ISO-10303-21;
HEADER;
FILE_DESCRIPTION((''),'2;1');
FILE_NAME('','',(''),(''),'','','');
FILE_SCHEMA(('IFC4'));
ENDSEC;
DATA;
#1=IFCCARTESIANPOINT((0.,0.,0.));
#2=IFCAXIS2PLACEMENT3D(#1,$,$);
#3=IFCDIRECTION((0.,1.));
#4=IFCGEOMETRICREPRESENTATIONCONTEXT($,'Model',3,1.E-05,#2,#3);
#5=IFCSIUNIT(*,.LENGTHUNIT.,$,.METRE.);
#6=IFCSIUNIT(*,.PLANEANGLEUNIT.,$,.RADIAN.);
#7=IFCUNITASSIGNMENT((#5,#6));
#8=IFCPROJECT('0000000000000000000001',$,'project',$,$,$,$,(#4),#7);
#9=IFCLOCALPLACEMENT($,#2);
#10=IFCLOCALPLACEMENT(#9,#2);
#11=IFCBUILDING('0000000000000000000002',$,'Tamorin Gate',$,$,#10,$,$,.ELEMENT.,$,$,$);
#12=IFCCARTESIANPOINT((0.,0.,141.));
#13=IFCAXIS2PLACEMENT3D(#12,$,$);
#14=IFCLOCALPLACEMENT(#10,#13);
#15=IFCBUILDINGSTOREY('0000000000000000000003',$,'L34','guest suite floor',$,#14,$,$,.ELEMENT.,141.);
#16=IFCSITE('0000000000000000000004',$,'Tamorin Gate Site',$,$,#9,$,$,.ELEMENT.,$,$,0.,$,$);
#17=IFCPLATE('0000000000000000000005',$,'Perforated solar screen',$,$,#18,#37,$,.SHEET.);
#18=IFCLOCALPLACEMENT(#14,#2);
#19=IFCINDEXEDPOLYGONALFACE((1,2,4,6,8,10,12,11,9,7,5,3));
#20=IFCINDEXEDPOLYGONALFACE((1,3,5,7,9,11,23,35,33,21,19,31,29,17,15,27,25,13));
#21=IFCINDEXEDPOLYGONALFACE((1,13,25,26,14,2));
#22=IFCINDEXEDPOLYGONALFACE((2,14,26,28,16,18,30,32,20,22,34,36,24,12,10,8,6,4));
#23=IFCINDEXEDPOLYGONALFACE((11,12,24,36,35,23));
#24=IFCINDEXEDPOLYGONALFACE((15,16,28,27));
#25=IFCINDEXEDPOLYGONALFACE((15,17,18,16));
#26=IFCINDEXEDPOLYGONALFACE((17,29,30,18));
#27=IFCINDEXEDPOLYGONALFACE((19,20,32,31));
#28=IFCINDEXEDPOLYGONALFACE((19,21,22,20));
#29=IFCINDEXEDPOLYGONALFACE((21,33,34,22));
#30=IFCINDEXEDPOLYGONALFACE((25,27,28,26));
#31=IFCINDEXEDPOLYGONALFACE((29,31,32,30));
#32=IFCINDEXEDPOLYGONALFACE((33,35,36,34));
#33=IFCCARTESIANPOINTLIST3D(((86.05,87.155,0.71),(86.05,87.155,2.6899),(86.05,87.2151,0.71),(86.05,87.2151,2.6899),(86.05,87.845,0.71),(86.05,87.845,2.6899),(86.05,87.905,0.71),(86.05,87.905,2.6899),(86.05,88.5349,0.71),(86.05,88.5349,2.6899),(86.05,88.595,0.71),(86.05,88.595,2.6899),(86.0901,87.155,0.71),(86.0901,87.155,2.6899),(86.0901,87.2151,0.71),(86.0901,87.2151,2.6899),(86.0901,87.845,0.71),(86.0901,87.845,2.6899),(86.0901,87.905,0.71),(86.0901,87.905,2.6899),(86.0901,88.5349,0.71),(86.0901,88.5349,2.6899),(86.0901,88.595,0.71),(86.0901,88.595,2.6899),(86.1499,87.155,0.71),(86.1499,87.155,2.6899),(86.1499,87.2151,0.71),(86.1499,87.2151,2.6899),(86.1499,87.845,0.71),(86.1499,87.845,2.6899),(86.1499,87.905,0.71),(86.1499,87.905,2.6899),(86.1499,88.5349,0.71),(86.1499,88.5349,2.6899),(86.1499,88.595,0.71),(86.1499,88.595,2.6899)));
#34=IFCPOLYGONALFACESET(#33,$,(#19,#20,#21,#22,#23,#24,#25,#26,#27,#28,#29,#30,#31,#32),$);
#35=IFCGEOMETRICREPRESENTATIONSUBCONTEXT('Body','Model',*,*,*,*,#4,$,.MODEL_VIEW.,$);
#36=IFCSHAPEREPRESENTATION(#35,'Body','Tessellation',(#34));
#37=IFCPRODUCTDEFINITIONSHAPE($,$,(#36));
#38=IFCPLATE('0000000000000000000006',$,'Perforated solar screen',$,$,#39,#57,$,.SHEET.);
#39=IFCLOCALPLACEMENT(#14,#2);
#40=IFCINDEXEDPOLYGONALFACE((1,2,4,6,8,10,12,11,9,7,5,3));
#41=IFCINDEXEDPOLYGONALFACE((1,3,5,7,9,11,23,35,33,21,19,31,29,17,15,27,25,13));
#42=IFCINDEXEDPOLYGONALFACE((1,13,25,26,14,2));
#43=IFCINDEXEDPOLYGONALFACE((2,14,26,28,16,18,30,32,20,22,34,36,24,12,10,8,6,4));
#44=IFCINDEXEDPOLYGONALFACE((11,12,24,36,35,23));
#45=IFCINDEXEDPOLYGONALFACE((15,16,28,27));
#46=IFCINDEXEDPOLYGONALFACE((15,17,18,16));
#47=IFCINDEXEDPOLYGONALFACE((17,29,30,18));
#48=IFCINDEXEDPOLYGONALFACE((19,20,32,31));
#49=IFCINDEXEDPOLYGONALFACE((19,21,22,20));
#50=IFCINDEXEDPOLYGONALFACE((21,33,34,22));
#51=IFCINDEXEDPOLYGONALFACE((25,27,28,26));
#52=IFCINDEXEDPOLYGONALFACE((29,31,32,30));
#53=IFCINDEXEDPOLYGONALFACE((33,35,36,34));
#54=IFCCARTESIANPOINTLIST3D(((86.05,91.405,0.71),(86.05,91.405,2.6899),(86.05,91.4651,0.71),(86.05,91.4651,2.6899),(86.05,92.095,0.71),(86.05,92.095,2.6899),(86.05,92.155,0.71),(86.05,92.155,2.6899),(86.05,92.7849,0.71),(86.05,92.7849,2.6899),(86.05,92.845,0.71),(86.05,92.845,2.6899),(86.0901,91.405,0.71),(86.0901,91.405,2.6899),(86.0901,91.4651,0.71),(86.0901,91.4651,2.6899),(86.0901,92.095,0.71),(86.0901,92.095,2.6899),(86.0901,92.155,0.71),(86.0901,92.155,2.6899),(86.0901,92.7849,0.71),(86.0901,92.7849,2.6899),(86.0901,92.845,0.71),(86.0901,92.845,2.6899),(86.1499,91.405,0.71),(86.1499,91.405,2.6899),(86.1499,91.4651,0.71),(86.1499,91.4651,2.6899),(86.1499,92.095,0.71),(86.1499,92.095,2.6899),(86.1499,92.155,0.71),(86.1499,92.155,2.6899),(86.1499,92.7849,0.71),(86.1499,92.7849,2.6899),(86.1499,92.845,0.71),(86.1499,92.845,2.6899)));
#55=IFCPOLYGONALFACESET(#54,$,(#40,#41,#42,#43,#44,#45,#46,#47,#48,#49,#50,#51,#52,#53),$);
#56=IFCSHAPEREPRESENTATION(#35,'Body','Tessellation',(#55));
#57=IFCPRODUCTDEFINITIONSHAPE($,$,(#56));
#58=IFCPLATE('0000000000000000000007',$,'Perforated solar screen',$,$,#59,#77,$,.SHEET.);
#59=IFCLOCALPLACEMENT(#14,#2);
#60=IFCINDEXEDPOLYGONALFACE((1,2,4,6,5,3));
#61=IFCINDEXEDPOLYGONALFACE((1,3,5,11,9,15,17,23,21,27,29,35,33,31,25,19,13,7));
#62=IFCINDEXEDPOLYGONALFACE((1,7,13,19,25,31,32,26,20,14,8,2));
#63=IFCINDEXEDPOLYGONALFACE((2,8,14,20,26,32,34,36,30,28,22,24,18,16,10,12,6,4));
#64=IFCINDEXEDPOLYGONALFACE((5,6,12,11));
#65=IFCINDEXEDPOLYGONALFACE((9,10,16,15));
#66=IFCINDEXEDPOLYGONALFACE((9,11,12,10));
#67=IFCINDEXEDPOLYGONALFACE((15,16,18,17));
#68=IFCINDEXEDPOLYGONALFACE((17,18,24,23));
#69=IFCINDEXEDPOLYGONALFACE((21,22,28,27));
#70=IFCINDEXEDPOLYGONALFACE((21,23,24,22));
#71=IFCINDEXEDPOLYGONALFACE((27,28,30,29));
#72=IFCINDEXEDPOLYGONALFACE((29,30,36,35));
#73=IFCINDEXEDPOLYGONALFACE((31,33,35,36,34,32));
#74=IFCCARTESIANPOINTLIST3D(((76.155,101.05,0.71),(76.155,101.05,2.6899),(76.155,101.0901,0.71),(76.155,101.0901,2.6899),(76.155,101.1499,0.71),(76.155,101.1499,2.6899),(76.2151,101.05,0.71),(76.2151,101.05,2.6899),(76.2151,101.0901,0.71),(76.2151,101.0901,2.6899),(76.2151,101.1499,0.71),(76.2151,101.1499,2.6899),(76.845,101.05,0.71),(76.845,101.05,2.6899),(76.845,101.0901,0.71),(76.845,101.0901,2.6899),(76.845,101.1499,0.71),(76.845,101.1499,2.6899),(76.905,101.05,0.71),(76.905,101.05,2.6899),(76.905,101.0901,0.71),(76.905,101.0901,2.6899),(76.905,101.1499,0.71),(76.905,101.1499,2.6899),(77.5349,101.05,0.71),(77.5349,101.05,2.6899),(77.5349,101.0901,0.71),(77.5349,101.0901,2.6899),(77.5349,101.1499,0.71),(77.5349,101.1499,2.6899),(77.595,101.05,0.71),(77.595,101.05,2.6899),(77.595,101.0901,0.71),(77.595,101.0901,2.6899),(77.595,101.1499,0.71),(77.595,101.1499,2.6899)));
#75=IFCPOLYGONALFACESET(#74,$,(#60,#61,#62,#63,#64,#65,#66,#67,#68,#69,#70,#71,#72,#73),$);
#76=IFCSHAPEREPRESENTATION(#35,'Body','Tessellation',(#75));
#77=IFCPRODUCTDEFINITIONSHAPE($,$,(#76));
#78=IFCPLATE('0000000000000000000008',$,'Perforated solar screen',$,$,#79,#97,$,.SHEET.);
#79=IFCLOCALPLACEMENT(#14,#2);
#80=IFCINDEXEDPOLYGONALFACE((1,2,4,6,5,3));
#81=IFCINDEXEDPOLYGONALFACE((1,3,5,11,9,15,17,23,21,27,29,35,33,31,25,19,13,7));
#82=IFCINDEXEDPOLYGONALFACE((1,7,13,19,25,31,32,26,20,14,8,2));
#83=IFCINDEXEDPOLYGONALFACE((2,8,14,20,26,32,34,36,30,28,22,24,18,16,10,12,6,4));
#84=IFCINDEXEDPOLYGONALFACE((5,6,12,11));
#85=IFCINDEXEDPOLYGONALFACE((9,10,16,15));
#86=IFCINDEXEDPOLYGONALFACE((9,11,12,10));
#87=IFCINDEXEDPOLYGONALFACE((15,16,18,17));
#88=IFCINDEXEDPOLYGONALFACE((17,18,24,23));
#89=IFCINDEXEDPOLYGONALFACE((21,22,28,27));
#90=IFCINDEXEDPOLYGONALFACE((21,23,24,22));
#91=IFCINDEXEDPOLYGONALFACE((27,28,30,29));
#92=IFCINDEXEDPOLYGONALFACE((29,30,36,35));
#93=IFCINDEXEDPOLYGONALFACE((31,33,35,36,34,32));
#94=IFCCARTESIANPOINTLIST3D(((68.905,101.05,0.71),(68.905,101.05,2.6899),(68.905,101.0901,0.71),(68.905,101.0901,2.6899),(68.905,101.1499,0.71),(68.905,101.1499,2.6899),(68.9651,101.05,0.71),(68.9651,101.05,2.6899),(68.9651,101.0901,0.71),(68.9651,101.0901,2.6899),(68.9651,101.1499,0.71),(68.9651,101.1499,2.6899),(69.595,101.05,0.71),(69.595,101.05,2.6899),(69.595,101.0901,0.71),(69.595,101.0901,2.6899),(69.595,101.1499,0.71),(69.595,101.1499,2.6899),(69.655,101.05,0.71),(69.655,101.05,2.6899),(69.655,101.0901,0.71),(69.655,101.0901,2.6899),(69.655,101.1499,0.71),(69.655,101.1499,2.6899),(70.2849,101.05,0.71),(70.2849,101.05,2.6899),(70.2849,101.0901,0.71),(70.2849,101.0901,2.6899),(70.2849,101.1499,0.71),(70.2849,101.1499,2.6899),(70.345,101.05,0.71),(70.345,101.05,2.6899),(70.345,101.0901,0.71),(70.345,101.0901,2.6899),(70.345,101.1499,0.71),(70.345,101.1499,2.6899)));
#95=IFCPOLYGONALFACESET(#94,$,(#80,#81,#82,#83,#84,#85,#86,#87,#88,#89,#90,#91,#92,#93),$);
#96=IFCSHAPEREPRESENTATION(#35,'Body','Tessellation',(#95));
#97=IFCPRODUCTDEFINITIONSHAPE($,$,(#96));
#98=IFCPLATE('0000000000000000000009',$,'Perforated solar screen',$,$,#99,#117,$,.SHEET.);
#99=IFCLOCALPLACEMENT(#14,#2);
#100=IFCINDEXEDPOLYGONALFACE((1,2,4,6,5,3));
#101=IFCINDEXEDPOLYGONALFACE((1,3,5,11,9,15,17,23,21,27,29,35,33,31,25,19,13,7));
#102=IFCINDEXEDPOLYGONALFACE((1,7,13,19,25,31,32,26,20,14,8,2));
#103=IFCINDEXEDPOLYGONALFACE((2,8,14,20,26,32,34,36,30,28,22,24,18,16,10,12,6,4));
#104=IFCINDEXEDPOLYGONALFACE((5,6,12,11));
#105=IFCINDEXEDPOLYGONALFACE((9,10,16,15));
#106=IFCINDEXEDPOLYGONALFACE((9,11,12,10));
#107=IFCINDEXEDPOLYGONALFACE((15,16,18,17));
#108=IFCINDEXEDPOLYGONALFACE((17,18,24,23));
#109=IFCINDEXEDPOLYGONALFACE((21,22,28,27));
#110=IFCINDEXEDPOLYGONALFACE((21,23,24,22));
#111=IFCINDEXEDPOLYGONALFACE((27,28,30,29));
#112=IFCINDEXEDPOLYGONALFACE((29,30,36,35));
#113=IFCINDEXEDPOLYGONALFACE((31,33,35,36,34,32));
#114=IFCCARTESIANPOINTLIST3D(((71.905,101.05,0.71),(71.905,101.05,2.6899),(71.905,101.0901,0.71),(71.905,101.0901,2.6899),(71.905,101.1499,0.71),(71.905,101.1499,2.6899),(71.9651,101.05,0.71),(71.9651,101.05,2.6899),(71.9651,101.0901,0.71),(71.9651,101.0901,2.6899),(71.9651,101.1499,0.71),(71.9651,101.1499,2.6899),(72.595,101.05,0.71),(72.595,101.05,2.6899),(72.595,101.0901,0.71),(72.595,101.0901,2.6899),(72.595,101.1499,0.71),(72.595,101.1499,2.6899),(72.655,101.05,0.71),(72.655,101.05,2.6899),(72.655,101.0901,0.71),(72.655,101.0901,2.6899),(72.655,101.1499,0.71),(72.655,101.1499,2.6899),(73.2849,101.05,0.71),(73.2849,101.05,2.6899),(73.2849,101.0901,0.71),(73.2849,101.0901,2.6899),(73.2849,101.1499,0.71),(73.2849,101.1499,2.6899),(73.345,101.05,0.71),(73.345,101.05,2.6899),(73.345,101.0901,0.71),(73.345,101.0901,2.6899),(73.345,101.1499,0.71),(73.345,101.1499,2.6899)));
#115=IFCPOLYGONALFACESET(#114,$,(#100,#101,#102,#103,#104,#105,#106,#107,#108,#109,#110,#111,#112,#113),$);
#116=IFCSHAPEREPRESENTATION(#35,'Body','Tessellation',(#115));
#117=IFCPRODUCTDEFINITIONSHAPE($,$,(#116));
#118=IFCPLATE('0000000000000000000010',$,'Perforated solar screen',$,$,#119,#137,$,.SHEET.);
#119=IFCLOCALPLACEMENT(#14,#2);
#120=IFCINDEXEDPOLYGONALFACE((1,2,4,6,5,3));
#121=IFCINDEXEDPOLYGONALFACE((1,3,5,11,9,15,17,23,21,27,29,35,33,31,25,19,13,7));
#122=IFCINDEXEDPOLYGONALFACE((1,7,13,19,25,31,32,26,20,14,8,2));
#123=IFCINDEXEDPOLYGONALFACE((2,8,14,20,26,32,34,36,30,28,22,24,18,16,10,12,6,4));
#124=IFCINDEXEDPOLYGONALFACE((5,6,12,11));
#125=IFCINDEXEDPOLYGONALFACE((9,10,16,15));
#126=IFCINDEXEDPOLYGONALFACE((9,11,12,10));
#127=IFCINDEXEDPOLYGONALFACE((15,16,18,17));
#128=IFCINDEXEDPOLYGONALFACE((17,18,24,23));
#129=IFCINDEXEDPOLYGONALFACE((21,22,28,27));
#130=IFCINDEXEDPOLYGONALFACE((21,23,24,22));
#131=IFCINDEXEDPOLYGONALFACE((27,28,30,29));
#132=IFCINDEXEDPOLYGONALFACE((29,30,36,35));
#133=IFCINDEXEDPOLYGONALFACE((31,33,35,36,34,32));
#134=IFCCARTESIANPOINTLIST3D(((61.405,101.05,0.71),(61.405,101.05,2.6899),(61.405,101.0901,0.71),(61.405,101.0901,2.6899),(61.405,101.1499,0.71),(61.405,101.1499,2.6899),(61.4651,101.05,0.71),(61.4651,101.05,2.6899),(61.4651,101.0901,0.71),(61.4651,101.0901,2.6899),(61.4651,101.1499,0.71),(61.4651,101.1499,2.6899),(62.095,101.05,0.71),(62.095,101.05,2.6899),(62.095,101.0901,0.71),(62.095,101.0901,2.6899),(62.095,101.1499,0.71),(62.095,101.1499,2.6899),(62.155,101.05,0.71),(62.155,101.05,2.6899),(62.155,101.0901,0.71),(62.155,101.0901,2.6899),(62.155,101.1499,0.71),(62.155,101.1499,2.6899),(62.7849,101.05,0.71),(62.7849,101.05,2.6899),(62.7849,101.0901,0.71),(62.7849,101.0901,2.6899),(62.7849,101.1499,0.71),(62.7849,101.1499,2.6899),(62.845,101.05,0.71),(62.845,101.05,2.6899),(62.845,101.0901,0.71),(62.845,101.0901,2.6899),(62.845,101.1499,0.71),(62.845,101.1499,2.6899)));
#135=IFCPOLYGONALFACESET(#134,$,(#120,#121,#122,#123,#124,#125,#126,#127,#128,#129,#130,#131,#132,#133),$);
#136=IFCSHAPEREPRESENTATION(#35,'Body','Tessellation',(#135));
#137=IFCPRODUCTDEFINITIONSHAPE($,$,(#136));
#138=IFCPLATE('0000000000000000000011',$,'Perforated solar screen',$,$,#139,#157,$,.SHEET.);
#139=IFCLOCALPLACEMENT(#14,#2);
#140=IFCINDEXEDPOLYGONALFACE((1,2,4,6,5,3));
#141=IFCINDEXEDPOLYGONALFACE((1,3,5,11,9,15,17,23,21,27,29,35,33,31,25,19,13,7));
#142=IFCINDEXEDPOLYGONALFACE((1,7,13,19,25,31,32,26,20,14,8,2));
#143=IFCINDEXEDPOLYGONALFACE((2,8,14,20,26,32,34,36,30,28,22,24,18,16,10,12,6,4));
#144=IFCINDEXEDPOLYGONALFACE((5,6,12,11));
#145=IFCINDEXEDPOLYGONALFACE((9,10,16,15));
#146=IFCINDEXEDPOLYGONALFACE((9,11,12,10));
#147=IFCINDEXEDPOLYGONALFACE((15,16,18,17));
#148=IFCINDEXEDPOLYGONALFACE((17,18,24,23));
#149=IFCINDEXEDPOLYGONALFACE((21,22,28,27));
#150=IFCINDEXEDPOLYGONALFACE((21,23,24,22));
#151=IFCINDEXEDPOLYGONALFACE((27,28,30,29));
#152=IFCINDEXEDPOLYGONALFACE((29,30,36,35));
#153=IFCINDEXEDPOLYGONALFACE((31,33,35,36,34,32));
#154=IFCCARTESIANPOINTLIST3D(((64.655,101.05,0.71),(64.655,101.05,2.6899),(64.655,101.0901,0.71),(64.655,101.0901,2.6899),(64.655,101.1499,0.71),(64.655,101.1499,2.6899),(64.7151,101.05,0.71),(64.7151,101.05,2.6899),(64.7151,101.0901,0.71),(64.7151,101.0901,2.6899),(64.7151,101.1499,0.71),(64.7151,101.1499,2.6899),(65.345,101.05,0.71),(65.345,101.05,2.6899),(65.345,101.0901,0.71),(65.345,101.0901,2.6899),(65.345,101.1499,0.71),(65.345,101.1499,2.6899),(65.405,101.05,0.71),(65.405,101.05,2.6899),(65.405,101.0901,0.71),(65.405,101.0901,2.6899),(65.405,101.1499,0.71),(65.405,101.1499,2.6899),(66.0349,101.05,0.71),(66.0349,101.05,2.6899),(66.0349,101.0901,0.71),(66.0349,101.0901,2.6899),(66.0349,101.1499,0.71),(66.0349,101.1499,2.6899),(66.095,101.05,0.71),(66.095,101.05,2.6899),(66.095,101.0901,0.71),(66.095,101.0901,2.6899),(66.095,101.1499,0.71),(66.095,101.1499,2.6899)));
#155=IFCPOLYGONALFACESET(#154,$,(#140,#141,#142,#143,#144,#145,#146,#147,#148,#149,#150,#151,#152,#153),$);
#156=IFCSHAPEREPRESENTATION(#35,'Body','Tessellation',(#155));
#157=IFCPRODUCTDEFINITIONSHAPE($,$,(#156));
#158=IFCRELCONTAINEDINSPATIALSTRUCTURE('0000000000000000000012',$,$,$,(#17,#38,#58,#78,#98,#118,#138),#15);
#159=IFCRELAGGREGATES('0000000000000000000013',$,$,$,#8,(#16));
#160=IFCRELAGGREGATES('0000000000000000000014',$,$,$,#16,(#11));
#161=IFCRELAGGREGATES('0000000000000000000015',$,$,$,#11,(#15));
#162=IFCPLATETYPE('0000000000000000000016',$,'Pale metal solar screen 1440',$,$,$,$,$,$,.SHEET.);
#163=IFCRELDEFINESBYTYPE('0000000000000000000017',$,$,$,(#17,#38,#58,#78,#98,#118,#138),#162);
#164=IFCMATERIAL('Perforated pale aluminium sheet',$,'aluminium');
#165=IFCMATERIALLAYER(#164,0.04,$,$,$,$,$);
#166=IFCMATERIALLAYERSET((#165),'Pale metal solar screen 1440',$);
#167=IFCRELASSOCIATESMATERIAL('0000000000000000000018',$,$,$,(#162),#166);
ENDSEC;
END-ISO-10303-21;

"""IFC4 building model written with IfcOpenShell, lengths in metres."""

from ifc_helpers import new_model, si_unit, direction, frame, origin, place, context, subcontext, project, spatial, polyline, outline, extrude, material, layer, layer_set, type_object, element, save


model = new_model("IFC4")

# Units and contexts
model_context = context("Model", 3, precision=1e-05, world=origin(), true_north=direction((0.0, 1.0)))
body_context = subcontext(model_context, "Body", "Model", "MODEL_VIEW")
ifc_project = project(units=[si_unit("LENGTHUNIT", "METRE"), si_unit("PLANEANGLEUNIT", "RADIAN")], contexts=[model_context])

# Site, building, storey
site_placement = place(None, origin())
site = spatial("IfcSite", under=ifc_project, at=site_placement, Name="Tamorin Gate Site", CompositionType="ELEMENT", RefElevation=0.0)
building_placement = place(site_placement, origin())
building = spatial("IfcBuilding", under=site, at=building_placement, Name="Tamorin Gate", CompositionType="ELEMENT")
storey_placement = place(building_placement, frame((0.0, 0.0, 141.0)))
storey = spatial("IfcBuildingStorey", under=building, at=storey_placement, Name="L34", Description="guest suite floor", CompositionType="ELEMENT", Elevation=141.0)

# Plates
ifc_material = material(Name="Perforated pale aluminium sheet", Category="aluminium")
ifc_layer_1 = layer(ifc_material, 0.04)
ifc_layer_set_1 = layer_set([ifc_layer_1], Name="Pale metal solar screen 1440")
plate_type_1 = type_object("IfcPlateType", Name="Pale metal solar screen 1440", PredefinedType="SHEET", material=ifc_layer_set_1)
plate_1_placement = place(storey_placement, frame((0.0, 0.0, 0.71)))
element("IfcPlate", 1, at=plate_1_placement, inside=storey, type_object=plate_type_1, Name="Perforated solar screen", PredefinedType="SHEET", context=body_context, shape_type="SweptSolid", body=[
    extrude(outline(polyline([(86.0901, 87.155), (86.05, 87.155), (86.05, 87.2151), (86.05, 87.845), (86.05, 87.905), (86.05, 88.5349), (86.05, 88.595), (86.0901, 88.595), (86.1499, 88.595), (86.1499, 88.5349), (86.0901, 88.5349), (86.0901, 87.905), (86.1499, 87.905), (86.1499, 87.845), (86.0901, 87.845), (86.0901, 87.2151), (86.1499, 87.2151), (86.1499, 87.155), (86.0901, 87.155)])), origin(), (0.0, 0.0, 1.0), 1.98),
])
plate_2_placement = place(storey_placement, frame((0.0, 0.0, 0.71)))
element("IfcPlate", 2, at=plate_2_placement, inside=storey, type_object=plate_type_1, Name="Perforated solar screen", PredefinedType="SHEET", context=body_context, shape_type="SweptSolid", body=[
    extrude(outline(polyline([(86.0901, 91.405), (86.05, 91.405), (86.05, 91.4651), (86.05, 92.095), (86.05, 92.155), (86.05, 92.7849), (86.05, 92.845), (86.0901, 92.845), (86.1499, 92.845), (86.1499, 92.7849), (86.0901, 92.7849), (86.0901, 92.155), (86.1499, 92.155), (86.1499, 92.095), (86.0901, 92.095), (86.0901, 91.4651), (86.1499, 91.4651), (86.1499, 91.405), (86.0901, 91.405)])), origin(), (0.0, 0.0, 1.0), 1.98),
])
plate_3_placement = place(storey_placement, frame((0.0, 0.0, 0.71)))
element("IfcPlate", 3, at=plate_3_placement, inside=storey, type_object=plate_type_1, Name="Perforated solar screen", PredefinedType="SHEET", context=body_context, shape_type="SweptSolid", body=[
    extrude(outline(polyline([(77.595, 101.0901), (77.595, 101.05), (77.5349, 101.05), (76.905, 101.05), (76.845, 101.05), (76.2151, 101.05), (76.155, 101.05), (76.155, 101.05), (76.155, 101.0901), (76.155, 101.0901), (76.155, 101.1499), (76.2151, 101.1499), (76.2151, 101.0901), (76.845, 101.0901), (76.845, 101.1499), (76.905, 101.1499), (76.905, 101.0901), (77.5349, 101.0901), (77.5349, 101.1499), (77.595, 101.1499), (77.595, 101.0901)])), origin(), (0.0, 0.0, 1.0), 1.98),
])
plate_4_placement = place(storey_placement, frame((0.0, 0.0, 0.71)))
element("IfcPlate", 4, at=plate_4_placement, inside=storey, type_object=plate_type_1, Name="Perforated solar screen", PredefinedType="SHEET", context=body_context, shape_type="SweptSolid", body=[
    extrude(outline(polyline([(70.345, 101.0901), (70.345, 101.05), (70.2849, 101.05), (69.655, 101.05), (69.595, 101.05), (68.9651, 101.05), (68.905, 101.05), (68.905, 101.0901), (68.905, 101.1499), (68.9651, 101.1499), (68.9651, 101.0901), (69.595, 101.0901), (69.595, 101.1499), (69.655, 101.1499), (69.655, 101.0901), (70.2849, 101.0901), (70.2849, 101.1499), (70.345, 101.1499), (70.345, 101.0901)])), origin(), (0.0, 0.0, 1.0), 1.98),
])
plate_5_placement = place(storey_placement, frame((0.0, 0.0, 0.71)))
element("IfcPlate", 5, at=plate_5_placement, inside=storey, type_object=plate_type_1, Name="Perforated solar screen", PredefinedType="SHEET", context=body_context, shape_type="SweptSolid", body=[
    extrude(outline(polyline([(73.345, 101.0901), (73.345, 101.05), (73.2849, 101.05), (72.655, 101.05), (72.595, 101.05), (71.9651, 101.05), (71.905, 101.05), (71.905, 101.0901), (71.905, 101.1499), (71.9651, 101.1499), (71.9651, 101.0901), (72.595, 101.0901), (72.595, 101.1499), (72.655, 101.1499), (72.655, 101.0901), (73.2849, 101.0901), (73.2849, 101.1499), (73.345, 101.1499), (73.345, 101.0901)])), origin(), (0.0, 0.0, 1.0), 1.98),
])
plate_6_placement = place(storey_placement, frame((0.0, 0.0, 0.71)))
element("IfcPlate", 6, at=plate_6_placement, inside=storey, type_object=plate_type_1, Name="Perforated solar screen", PredefinedType="SHEET", context=body_context, shape_type="SweptSolid", body=[
    extrude(outline(polyline([(62.845, 101.0901), (62.845, 101.05), (62.7849, 101.05), (62.155, 101.05), (62.095, 101.05), (61.4651, 101.05), (61.405, 101.05), (61.405, 101.0901), (61.405, 101.1499), (61.4651, 101.1499), (61.4651, 101.0901), (62.095, 101.0901), (62.095, 101.1499), (62.155, 101.1499), (62.155, 101.0901), (62.7849, 101.0901), (62.7849, 101.1499), (62.845, 101.1499), (62.845, 101.0901)])), origin(), (0.0, 0.0, 1.0), 1.98),
])
plate_7_placement = place(storey_placement, frame((0.0, 0.0, 0.71)))
element("IfcPlate", 7, at=plate_7_placement, inside=storey, type_object=plate_type_1, Name="Perforated solar screen", PredefinedType="SHEET", context=body_context, shape_type="SweptSolid", body=[
    extrude(outline(polyline([(66.095, 101.0901), (66.095, 101.05), (66.0349, 101.05), (65.405, 101.05), (65.345, 101.05), (64.7151, 101.05), (64.655, 101.05), (64.655, 101.0901), (64.655, 101.1499), (64.7151, 101.1499), (64.7151, 101.0901), (65.345, 101.0901), (65.345, 101.1499), (65.405, 101.1499), (65.405, 101.0901), (66.0349, 101.0901), (66.0349, 101.1499), (66.095, 101.1499), (66.095, 101.0901)])), origin(), (0.0, 0.0, 1.0), 1.98),
])

save(model, "model.ifc")
